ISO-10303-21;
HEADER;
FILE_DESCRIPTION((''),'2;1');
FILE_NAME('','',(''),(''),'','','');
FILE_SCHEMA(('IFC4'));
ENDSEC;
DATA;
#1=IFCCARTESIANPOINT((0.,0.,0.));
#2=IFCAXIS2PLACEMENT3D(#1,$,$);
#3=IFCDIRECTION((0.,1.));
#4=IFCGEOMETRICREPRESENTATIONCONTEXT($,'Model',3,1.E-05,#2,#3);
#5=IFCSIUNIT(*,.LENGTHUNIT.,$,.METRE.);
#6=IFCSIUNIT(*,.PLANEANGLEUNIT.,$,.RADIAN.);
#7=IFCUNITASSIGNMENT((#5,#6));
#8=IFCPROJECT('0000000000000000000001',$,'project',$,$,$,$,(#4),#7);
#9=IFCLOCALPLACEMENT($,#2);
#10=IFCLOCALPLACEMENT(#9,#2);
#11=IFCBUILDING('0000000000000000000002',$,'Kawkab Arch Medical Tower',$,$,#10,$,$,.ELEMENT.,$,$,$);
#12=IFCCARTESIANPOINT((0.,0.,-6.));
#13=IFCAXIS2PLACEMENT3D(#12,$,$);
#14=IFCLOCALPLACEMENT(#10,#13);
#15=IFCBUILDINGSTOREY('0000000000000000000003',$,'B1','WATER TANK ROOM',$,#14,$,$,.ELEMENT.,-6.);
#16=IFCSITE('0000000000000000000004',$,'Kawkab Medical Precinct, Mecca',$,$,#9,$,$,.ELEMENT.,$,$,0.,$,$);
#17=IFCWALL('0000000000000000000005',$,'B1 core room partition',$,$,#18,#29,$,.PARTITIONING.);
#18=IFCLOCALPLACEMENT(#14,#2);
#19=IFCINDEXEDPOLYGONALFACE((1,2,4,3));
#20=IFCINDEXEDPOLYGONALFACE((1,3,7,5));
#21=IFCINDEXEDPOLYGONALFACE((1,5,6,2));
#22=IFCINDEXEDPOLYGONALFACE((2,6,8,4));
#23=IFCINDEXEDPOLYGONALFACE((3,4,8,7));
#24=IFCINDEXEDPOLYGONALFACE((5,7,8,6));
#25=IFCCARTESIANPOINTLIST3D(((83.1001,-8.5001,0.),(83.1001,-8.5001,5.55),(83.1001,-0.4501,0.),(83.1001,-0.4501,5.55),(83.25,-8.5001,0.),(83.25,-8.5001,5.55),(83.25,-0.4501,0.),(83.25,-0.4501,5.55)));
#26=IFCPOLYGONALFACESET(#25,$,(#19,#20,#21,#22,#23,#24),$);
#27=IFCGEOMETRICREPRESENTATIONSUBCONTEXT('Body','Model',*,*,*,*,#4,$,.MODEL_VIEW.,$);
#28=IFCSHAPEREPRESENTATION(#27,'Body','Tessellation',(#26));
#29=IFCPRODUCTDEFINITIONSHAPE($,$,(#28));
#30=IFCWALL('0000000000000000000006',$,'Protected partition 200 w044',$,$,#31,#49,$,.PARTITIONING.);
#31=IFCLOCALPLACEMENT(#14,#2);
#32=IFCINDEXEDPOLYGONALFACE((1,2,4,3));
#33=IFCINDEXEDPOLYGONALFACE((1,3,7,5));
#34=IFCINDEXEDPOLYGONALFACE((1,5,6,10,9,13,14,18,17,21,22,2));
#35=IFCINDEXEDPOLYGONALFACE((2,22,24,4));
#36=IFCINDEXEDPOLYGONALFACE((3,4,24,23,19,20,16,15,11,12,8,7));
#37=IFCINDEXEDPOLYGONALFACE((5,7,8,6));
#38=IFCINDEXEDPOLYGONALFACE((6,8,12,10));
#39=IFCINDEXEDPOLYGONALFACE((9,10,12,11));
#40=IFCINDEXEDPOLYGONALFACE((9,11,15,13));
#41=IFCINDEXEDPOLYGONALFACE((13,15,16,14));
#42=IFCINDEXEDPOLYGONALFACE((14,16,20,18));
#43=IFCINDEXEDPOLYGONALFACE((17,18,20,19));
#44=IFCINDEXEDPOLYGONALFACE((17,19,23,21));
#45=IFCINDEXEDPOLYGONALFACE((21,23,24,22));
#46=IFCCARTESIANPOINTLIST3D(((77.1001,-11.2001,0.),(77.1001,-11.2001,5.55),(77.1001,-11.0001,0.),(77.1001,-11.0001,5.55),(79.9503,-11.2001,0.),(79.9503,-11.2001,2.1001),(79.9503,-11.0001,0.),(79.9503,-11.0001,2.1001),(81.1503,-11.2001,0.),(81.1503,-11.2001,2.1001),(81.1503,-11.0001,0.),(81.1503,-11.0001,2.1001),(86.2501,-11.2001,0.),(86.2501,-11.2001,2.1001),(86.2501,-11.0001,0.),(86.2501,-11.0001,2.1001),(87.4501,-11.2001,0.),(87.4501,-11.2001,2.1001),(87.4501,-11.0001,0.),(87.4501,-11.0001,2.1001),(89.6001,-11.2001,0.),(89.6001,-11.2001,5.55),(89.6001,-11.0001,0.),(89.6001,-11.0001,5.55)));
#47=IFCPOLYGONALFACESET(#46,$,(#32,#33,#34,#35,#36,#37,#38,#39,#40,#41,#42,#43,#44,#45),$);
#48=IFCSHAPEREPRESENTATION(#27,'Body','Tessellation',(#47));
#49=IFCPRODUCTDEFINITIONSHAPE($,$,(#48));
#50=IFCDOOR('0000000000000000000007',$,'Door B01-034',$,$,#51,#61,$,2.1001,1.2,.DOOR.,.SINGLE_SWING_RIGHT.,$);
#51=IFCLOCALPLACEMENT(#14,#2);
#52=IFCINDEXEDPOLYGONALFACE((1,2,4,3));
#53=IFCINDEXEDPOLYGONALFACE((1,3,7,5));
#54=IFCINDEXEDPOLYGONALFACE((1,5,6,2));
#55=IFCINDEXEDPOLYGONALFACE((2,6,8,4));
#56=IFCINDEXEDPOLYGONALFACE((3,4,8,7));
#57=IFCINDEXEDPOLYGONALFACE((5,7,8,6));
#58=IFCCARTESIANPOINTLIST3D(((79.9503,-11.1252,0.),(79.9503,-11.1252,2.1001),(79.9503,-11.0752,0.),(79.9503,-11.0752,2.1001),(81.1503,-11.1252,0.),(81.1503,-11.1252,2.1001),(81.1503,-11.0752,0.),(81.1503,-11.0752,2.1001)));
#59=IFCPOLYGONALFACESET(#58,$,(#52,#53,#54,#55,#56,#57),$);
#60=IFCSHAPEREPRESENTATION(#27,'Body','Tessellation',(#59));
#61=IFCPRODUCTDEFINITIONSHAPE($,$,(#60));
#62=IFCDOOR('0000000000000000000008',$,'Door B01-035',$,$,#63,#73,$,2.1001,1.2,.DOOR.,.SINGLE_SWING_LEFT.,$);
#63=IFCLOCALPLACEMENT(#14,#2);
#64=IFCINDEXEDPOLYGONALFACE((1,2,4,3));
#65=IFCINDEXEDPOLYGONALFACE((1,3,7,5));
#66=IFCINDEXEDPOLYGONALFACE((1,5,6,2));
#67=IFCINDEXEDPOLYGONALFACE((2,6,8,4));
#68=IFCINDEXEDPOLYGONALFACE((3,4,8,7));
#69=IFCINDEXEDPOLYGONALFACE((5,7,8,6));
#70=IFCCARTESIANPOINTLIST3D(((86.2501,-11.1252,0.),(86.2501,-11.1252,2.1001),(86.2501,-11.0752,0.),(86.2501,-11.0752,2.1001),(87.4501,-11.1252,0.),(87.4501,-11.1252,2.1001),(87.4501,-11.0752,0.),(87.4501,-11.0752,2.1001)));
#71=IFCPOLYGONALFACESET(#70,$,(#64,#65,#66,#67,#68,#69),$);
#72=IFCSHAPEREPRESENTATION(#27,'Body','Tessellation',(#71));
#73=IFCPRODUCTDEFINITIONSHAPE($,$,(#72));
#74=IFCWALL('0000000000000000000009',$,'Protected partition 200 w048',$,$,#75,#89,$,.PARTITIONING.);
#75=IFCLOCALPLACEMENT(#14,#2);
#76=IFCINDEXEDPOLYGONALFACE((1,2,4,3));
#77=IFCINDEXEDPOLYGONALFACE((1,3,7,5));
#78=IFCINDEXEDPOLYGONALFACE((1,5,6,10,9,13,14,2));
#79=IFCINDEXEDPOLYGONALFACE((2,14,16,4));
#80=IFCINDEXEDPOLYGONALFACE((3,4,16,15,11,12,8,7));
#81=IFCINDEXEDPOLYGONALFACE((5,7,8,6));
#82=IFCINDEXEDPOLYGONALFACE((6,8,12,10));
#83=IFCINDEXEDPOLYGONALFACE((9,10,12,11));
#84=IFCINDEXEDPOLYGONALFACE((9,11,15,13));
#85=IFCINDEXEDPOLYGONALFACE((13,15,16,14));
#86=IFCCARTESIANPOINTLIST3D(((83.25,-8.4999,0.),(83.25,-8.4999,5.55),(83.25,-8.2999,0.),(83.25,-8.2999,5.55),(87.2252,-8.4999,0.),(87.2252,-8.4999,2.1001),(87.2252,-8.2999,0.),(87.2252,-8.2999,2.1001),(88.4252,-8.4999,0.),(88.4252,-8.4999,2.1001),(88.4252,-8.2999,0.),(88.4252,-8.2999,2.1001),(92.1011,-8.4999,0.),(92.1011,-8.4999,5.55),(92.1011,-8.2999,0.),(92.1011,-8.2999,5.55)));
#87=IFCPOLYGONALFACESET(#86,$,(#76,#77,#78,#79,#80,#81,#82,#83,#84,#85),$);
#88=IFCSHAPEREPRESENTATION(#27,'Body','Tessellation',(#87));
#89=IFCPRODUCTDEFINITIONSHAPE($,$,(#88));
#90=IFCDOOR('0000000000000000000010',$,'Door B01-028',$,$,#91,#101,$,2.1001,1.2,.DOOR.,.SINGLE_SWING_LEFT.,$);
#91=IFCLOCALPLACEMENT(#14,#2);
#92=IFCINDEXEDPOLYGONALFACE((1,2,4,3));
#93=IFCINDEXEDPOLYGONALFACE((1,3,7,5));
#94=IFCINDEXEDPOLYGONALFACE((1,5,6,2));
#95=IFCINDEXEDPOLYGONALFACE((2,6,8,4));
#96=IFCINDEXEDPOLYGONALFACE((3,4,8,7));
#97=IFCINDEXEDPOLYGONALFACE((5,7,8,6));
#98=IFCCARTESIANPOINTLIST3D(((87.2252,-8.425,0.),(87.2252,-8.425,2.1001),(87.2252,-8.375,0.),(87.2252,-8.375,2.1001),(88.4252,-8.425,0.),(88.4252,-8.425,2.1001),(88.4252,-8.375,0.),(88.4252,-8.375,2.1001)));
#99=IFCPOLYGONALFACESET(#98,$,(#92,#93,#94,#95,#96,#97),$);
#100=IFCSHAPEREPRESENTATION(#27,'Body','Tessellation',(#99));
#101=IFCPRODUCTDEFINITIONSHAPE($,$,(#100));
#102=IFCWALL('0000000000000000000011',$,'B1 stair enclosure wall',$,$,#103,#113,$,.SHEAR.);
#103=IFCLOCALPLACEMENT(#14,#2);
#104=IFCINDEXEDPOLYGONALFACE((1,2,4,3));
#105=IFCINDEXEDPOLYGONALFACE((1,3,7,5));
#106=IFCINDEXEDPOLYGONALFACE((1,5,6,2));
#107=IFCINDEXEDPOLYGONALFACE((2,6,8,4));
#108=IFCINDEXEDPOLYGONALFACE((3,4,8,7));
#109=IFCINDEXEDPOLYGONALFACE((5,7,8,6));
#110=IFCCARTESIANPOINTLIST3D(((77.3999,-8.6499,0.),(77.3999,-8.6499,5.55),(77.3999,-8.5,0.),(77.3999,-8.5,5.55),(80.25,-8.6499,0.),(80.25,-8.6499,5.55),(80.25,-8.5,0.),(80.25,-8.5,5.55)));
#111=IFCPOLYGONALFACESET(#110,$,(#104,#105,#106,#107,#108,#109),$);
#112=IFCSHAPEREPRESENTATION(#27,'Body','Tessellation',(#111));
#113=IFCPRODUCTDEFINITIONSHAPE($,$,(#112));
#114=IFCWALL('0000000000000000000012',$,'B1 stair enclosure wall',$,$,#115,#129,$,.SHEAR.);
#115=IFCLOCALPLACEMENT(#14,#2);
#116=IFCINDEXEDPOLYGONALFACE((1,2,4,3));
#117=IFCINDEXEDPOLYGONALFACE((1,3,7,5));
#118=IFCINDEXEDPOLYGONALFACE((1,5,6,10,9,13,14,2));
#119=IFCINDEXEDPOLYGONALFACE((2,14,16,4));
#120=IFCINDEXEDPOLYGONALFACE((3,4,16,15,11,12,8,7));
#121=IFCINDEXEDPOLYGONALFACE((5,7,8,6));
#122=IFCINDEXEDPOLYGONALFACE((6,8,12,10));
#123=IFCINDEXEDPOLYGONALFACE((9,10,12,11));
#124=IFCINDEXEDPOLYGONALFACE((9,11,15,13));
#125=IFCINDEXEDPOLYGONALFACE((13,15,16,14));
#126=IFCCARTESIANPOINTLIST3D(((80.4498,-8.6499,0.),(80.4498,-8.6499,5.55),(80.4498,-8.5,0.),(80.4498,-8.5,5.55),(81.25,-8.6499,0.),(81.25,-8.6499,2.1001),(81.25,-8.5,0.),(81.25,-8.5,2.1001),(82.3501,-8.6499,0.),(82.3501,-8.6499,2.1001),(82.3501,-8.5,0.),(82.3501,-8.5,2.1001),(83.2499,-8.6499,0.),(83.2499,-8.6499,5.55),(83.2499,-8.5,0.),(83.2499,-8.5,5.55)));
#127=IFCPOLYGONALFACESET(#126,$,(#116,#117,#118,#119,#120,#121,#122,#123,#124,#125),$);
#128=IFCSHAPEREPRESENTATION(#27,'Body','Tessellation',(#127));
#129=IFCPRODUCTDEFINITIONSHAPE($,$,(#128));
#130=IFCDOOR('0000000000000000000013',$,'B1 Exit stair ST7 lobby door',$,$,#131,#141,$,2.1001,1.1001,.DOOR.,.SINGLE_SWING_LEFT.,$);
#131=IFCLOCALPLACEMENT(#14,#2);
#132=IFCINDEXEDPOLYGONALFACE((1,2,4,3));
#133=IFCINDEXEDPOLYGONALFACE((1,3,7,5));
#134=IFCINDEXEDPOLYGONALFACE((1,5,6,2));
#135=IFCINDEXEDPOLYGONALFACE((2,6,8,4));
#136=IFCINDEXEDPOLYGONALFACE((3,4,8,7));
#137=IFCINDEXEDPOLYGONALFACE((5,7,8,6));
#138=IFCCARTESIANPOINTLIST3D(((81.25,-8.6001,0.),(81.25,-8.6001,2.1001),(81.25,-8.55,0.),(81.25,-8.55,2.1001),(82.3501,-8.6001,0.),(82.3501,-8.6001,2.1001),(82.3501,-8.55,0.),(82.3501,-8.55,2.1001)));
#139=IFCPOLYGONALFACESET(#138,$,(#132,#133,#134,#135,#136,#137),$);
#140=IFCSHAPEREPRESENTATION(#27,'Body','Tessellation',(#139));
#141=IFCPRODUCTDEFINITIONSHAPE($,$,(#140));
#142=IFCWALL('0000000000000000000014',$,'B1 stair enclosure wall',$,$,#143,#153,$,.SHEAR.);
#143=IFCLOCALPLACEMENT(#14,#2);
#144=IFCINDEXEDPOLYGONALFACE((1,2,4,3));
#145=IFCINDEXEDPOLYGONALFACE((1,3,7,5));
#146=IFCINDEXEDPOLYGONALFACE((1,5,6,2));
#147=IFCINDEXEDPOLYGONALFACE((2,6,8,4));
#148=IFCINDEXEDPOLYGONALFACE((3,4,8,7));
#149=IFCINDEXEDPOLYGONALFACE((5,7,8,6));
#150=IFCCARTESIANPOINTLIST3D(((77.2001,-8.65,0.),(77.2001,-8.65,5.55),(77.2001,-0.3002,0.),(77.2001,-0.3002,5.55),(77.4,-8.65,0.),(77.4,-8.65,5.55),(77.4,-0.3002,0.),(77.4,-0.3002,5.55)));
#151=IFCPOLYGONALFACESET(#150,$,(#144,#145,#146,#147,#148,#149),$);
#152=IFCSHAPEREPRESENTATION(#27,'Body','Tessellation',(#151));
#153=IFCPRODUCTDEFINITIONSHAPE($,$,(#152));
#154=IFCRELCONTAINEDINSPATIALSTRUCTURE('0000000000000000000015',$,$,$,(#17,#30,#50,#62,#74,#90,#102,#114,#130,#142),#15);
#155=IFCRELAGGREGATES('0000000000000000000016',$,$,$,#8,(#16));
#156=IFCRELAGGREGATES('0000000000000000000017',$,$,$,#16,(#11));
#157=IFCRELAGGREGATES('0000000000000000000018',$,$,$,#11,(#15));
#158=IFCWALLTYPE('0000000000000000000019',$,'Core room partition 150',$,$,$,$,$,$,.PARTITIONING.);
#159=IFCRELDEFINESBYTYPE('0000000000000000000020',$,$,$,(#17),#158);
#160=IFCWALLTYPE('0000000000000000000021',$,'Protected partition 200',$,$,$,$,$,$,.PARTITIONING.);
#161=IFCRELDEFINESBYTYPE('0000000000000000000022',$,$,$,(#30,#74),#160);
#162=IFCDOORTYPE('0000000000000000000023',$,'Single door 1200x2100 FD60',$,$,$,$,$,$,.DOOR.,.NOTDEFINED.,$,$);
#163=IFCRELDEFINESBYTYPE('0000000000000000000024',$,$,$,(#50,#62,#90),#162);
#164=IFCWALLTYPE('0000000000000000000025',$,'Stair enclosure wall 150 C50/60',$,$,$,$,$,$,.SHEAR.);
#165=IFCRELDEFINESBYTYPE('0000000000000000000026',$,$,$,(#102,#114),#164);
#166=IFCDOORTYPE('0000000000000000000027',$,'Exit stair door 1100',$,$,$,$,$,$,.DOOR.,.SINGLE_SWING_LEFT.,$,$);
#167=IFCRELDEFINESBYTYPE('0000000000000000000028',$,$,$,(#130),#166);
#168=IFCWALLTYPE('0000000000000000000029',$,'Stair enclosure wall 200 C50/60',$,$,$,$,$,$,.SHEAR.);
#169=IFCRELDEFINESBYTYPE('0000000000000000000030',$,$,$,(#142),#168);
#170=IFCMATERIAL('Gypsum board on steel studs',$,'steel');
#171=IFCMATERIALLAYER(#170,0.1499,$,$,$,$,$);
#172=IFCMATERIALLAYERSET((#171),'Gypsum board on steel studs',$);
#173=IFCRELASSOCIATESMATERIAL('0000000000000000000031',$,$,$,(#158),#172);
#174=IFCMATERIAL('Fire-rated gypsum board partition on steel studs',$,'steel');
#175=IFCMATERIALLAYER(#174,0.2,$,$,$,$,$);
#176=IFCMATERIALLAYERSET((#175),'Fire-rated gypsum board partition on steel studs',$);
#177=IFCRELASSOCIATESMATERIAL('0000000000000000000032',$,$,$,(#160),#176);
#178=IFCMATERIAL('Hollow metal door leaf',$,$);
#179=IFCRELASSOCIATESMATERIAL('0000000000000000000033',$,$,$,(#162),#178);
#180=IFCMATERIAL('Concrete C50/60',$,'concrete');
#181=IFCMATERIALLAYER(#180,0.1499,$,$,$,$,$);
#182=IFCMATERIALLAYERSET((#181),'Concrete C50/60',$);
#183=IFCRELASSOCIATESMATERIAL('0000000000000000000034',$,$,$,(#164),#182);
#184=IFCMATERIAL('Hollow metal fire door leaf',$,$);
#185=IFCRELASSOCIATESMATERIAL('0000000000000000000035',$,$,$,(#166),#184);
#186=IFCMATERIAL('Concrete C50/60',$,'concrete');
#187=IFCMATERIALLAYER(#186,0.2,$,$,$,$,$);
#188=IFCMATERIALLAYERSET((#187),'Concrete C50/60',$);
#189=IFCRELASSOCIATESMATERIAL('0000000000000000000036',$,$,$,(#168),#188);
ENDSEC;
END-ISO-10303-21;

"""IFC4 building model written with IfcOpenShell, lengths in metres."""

from ifc_helpers import new_model, si_unit, direction, frame, frame_2d, origin, place, context, subcontext, project, spatial, rectangle, extrude, material, layer, layer_set, type_object, element, fill, save


model = new_model("IFC4")

# Units and contexts
model_context = context("Model", 3, precision=1e-05, world=origin(), true_north=direction((0.0, 1.0)))
body_context = subcontext(model_context, "Body", "Model", "MODEL_VIEW")
ifc_project = project(units=[si_unit("LENGTHUNIT", "METRE"), si_unit("PLANEANGLEUNIT", "RADIAN")], contexts=[model_context])

# Site, building, storey
site_placement = place(None, origin())
site = spatial("IfcSite", under=ifc_project, at=site_placement, Name="Kawkab Medical Precinct, Mecca", CompositionType="ELEMENT", RefElevation=0.0)
building_placement = place(site_placement, origin())
building = spatial("IfcBuilding", under=site, at=building_placement, Name="Kawkab Arch Medical Tower", CompositionType="ELEMENT")
storey_placement = place(building_placement, frame((0.0, 0.0, -6.0)))
storey = spatial("IfcBuildingStorey", under=building, at=storey_placement, Name="B1", Description="WATER TANK ROOM", CompositionType="ELEMENT", Elevation=-6.0)

# Wall
ifc_material_1 = material(Name="Gypsum board on steel studs", Category="steel")
ifc_layer_1 = layer(ifc_material_1, 0.1499)
ifc_layer_set_1 = layer_set([ifc_layer_1], Name="Gypsum board on steel studs")
wall_type_1 = type_object("IfcWallType", Name="Core room partition 150", PredefinedType="PARTITIONING", material=ifc_layer_set_1)
wall_1_placement = place(storey_placement, frame((83.175, -8.5, 0.0), z_axis=(0.0, 0.0, 1.0), x_axis=(0.0, 1.0, 0.0)))
element("IfcWall", 1, at=wall_1_placement, inside=storey, type_object=wall_type_1, Name="B1 core room partition", PredefinedType="PARTITIONING", context=body_context, shape_type="SweptSolid", body=[
    extrude(rectangle(XDim=8.05, YDim=0.1499, at=frame_2d((4.0249, 0.0))), origin(), (0.0, 0.0, 1.0), 5.55),
])

# Wall, openings, doors
ifc_material_2 = material(Name="Fire-rated gypsum board partition on steel studs", Category="steel")
ifc_layer_2 = layer(ifc_material_2, 0.2)
ifc_layer_set_2 = layer_set([ifc_layer_2], Name="Fire-rated gypsum board partition on steel studs")
wall_type_2 = type_object("IfcWallType", Name="Protected partition 200", PredefinedType="PARTITIONING", material=ifc_layer_set_2)
wall_2_placement = place(storey_placement, frame((77.1001, -11.1001, 0.0), z_axis=(0.0, 0.0, 1.0), x_axis=(1.0, 0.0, 0.0)))
wall_2 = element("IfcWall", 2, at=wall_2_placement, inside=storey, type_object=wall_type_2, Name="Protected partition 200 w044", PredefinedType="PARTITIONING", context=body_context, shape_type="SweptSolid", body=[
    extrude(rectangle(XDim=12.5, YDim=0.2, at=frame_2d((6.25, 0.0))), origin(), (0.0, 0.0, 1.0), 5.55),
])
opening_1_placement = place(wall_2_placement, frame((2.8501, 0.0, 0.0)))
opening_1 = element("IfcOpeningElement", 3, at=opening_1_placement, cuts=wall_2, PredefinedType="OPENING", context=body_context, shape_type="SweptSolid", body=[
    extrude(rectangle(XDim=1.2, YDim=2.1001, at=frame_2d((0.6001, 1.05))), frame((0.0, 0.1099, 0.0), z_axis=(0.0, -1.0, 0.0), x_axis=(1.0, 0.0, 0.0)), (0.0, 0.0, 1.0), 0.22),
])
opening_2_placement = place(wall_2_placement, frame((9.1499, 0.0, 0.0)))
opening_2 = element("IfcOpeningElement", 4, at=opening_2_placement, cuts=wall_2, PredefinedType="OPENING", context=body_context, shape_type="SweptSolid", body=[
    extrude(rectangle(XDim=1.2, YDim=2.1001, at=frame_2d((0.6001, 1.05))), frame((0.0, 0.1099, 0.0), z_axis=(0.0, -1.0, 0.0), x_axis=(1.0, 0.0, 0.0)), (0.0, 0.0, 1.0), 0.22),
])
ifc_material_3 = material(Name="Hollow metal door leaf")
door_type_1 = type_object("IfcDoorType", Name="Single door 1200x2100 FD60", OperationType="NOTDEFINED", PredefinedType="DOOR", material=ifc_material_3)
door_1_placement = place(opening_1_placement, origin())
door_1 = element("IfcDoor", 5, at=door_1_placement, inside=storey, type_object=door_type_1, Name="Door B01-034", OperationType="SINGLE_SWING_RIGHT", OverallHeight=2.1001, OverallWidth=1.2, PredefinedType="DOOR", context=body_context, shape_type="SweptSolid", body=[
    extrude(rectangle(XDim=1.2, YDim=2.1001, at=frame_2d((0.6001, 1.05))), frame((0.0, 0.0249, 0.0), z_axis=(0.0, -1.0, 0.0), x_axis=(1.0, 0.0, 0.0)), (0.0, 0.0, 1.0), 0.05),
])
fill(opening_1, door_1)
door_2_placement = place(opening_2_placement, origin())
door_2 = element("IfcDoor", 6, at=door_2_placement, inside=storey, type_object=door_type_1, Name="Door B01-035", OperationType="SINGLE_SWING_LEFT", OverallHeight=2.1001, OverallWidth=1.2, PredefinedType="DOOR", context=body_context, shape_type="SweptSolid", body=[
    extrude(rectangle(XDim=1.2, YDim=2.1001, at=frame_2d((0.6001, 1.05))), frame((0.0, 0.0249, 0.0), z_axis=(0.0, -1.0, 0.0), x_axis=(1.0, 0.0, 0.0)), (0.0, 0.0, 1.0), 0.05),
])
fill(opening_2, door_2)

# Wall, opening, door
wall_3_placement = place(storey_placement, frame((83.25, -8.3999, 0.0), z_axis=(0.0, 0.0, 1.0), x_axis=(1.0, 0.0, 0.0)))
wall_3 = element("IfcWall", 7, at=wall_3_placement, inside=storey, type_object=wall_type_2, Name="Protected partition 200 w048", PredefinedType="PARTITIONING", context=body_context, shape_type="SweptSolid", body=[
    extrude(rectangle(XDim=8.8511, YDim=0.2, at=frame_2d((4.4255, 0.0))), origin(), (0.0, 0.0, 1.0), 5.55),
])
opening_3_placement = place(wall_3_placement, frame((3.9751, 0.0, 0.0)))
opening_3 = element("IfcOpeningElement", 8, at=opening_3_placement, cuts=wall_3, PredefinedType="OPENING", context=body_context, shape_type="SweptSolid", body=[
    extrude(rectangle(XDim=1.2, YDim=2.1001, at=frame_2d((0.6001, 1.05))), frame((0.0, 0.1099, 0.0), z_axis=(0.0, -1.0, 0.0), x_axis=(1.0, 0.0, 0.0)), (0.0, 0.0, 1.0), 0.22),
])
door_3_placement = place(opening_3_placement, origin())
door_3 = element("IfcDoor", 9, at=door_3_placement, inside=storey, type_object=door_type_1, Name="Door B01-028", OperationType="SINGLE_SWING_LEFT", OverallHeight=2.1001, OverallWidth=1.2, PredefinedType="DOOR", context=body_context, shape_type="SweptSolid", body=[
    extrude(rectangle(XDim=1.2, YDim=2.1001, at=frame_2d((0.6001, 1.05))), frame((0.0, 0.0249, 0.0), z_axis=(0.0, -1.0, 0.0), x_axis=(1.0, 0.0, 0.0)), (0.0, 0.0, 1.0), 0.05),
])
fill(opening_3, door_3)

# Wall
ifc_material_4 = material(Name="Concrete C50/60", Category="concrete")
ifc_layer_3 = layer(ifc_material_4, 0.1499)
ifc_layer_set_3 = layer_set([ifc_layer_3], Name="Concrete C50/60")
wall_type_3 = type_object("IfcWallType", Name="Stair enclosure wall 150 C50/60", PredefinedType="SHEAR", material=ifc_layer_set_3)
wall_4_placement = place(storey_placement, frame((77.3999, -8.575, 0.0), z_axis=(0.0, 0.0, 1.0), x_axis=(1.0, 0.0, 0.0)))
element("IfcWall", 10, at=wall_4_placement, inside=storey, type_object=wall_type_3, Name="B1 stair enclosure wall", PredefinedType="SHEAR", context=body_context, shape_type="SweptSolid", body=[
    extrude(rectangle(XDim=2.8501, YDim=0.1499, at=frame_2d((1.425, 0.0))), origin(), (0.0, 0.0, 1.0), 5.55),
])

# Wall, opening, door
wall_5_placement = place(storey_placement, frame((80.45, -8.575, 0.0), z_axis=(0.0, 0.0, 1.0), x_axis=(1.0, 0.0, 0.0)))
wall_5 = element("IfcWall", 11, at=wall_5_placement, inside=storey, type_object=wall_type_3, Name="B1 stair enclosure wall", PredefinedType="SHEAR", context=body_context, shape_type="SweptSolid", body=[
    extrude(rectangle(XDim=2.8, YDim=0.1499, at=frame_2d((1.3999, 0.0))), origin(), (0.0, 0.0, 1.0), 5.55),
])
opening_4_placement = place(wall_5_placement, frame((0.8, 0.0, 0.0)))
opening_4 = element("IfcOpeningElement", 12, at=opening_4_placement, cuts=wall_5, PredefinedType="OPENING", context=body_context, shape_type="SweptSolid", body=[
    extrude(rectangle(XDim=1.1001, YDim=2.1001, at=frame_2d((0.55, 1.05))), frame((0.0, 0.085, 0.0), z_axis=(0.0, -1.0, 0.0), x_axis=(1.0, 0.0, 0.0)), (0.0, 0.0, 1.0), 0.1699),
])
ifc_material_5 = material(Name="Hollow metal fire door leaf")
door_type_2 = type_object("IfcDoorType", Name="Exit stair door 1100", OperationType="SINGLE_SWING_LEFT", PredefinedType="DOOR", material=ifc_material_5)
door_4_placement = place(opening_4_placement, origin())
door_4 = element("IfcDoor", 13, at=door_4_placement, inside=storey, type_object=door_type_2, Name="B1 Exit stair ST7 lobby door", OperationType="SINGLE_SWING_LEFT", OverallHeight=2.1001, OverallWidth=1.1001, PredefinedType="DOOR", context=body_context, shape_type="SweptSolid", body=[
    extrude(rectangle(XDim=1.1001, YDim=2.1001, at=frame_2d((0.55, 1.05))), frame((0.0, 0.0249, 0.0), z_axis=(0.0, -1.0, 0.0), x_axis=(1.0, 0.0, 0.0)), (0.0, 0.0, 1.0), 0.05),
])
fill(opening_4, door_4)

# Wall
ifc_material_6 = material(Name="Concrete C50/60", Category="concrete")
ifc_layer_4 = layer(ifc_material_6, 0.2)
ifc_layer_set_4 = layer_set([ifc_layer_4], Name="Concrete C50/60")
wall_type_4 = type_object("IfcWallType", Name="Stair enclosure wall 200 C50/60", PredefinedType="SHEAR", material=ifc_layer_set_4)
wall_6_placement = place(storey_placement, frame((77.3, -8.6499, 0.0), z_axis=(0.0, 0.0, 1.0), x_axis=(0.0, 1.0, 0.0)))
element("IfcWall", 14, at=wall_6_placement, inside=storey, type_object=wall_type_4, Name="B1 stair enclosure wall", PredefinedType="SHEAR", context=body_context, shape_type="SweptSolid", body=[
    extrude(rectangle(XDim=8.3499, YDim=0.2, at=frame_2d((4.1748, 0.0))), origin(), (0.0, 0.0, 1.0), 5.55),
])

save(model, "model.ifc")
